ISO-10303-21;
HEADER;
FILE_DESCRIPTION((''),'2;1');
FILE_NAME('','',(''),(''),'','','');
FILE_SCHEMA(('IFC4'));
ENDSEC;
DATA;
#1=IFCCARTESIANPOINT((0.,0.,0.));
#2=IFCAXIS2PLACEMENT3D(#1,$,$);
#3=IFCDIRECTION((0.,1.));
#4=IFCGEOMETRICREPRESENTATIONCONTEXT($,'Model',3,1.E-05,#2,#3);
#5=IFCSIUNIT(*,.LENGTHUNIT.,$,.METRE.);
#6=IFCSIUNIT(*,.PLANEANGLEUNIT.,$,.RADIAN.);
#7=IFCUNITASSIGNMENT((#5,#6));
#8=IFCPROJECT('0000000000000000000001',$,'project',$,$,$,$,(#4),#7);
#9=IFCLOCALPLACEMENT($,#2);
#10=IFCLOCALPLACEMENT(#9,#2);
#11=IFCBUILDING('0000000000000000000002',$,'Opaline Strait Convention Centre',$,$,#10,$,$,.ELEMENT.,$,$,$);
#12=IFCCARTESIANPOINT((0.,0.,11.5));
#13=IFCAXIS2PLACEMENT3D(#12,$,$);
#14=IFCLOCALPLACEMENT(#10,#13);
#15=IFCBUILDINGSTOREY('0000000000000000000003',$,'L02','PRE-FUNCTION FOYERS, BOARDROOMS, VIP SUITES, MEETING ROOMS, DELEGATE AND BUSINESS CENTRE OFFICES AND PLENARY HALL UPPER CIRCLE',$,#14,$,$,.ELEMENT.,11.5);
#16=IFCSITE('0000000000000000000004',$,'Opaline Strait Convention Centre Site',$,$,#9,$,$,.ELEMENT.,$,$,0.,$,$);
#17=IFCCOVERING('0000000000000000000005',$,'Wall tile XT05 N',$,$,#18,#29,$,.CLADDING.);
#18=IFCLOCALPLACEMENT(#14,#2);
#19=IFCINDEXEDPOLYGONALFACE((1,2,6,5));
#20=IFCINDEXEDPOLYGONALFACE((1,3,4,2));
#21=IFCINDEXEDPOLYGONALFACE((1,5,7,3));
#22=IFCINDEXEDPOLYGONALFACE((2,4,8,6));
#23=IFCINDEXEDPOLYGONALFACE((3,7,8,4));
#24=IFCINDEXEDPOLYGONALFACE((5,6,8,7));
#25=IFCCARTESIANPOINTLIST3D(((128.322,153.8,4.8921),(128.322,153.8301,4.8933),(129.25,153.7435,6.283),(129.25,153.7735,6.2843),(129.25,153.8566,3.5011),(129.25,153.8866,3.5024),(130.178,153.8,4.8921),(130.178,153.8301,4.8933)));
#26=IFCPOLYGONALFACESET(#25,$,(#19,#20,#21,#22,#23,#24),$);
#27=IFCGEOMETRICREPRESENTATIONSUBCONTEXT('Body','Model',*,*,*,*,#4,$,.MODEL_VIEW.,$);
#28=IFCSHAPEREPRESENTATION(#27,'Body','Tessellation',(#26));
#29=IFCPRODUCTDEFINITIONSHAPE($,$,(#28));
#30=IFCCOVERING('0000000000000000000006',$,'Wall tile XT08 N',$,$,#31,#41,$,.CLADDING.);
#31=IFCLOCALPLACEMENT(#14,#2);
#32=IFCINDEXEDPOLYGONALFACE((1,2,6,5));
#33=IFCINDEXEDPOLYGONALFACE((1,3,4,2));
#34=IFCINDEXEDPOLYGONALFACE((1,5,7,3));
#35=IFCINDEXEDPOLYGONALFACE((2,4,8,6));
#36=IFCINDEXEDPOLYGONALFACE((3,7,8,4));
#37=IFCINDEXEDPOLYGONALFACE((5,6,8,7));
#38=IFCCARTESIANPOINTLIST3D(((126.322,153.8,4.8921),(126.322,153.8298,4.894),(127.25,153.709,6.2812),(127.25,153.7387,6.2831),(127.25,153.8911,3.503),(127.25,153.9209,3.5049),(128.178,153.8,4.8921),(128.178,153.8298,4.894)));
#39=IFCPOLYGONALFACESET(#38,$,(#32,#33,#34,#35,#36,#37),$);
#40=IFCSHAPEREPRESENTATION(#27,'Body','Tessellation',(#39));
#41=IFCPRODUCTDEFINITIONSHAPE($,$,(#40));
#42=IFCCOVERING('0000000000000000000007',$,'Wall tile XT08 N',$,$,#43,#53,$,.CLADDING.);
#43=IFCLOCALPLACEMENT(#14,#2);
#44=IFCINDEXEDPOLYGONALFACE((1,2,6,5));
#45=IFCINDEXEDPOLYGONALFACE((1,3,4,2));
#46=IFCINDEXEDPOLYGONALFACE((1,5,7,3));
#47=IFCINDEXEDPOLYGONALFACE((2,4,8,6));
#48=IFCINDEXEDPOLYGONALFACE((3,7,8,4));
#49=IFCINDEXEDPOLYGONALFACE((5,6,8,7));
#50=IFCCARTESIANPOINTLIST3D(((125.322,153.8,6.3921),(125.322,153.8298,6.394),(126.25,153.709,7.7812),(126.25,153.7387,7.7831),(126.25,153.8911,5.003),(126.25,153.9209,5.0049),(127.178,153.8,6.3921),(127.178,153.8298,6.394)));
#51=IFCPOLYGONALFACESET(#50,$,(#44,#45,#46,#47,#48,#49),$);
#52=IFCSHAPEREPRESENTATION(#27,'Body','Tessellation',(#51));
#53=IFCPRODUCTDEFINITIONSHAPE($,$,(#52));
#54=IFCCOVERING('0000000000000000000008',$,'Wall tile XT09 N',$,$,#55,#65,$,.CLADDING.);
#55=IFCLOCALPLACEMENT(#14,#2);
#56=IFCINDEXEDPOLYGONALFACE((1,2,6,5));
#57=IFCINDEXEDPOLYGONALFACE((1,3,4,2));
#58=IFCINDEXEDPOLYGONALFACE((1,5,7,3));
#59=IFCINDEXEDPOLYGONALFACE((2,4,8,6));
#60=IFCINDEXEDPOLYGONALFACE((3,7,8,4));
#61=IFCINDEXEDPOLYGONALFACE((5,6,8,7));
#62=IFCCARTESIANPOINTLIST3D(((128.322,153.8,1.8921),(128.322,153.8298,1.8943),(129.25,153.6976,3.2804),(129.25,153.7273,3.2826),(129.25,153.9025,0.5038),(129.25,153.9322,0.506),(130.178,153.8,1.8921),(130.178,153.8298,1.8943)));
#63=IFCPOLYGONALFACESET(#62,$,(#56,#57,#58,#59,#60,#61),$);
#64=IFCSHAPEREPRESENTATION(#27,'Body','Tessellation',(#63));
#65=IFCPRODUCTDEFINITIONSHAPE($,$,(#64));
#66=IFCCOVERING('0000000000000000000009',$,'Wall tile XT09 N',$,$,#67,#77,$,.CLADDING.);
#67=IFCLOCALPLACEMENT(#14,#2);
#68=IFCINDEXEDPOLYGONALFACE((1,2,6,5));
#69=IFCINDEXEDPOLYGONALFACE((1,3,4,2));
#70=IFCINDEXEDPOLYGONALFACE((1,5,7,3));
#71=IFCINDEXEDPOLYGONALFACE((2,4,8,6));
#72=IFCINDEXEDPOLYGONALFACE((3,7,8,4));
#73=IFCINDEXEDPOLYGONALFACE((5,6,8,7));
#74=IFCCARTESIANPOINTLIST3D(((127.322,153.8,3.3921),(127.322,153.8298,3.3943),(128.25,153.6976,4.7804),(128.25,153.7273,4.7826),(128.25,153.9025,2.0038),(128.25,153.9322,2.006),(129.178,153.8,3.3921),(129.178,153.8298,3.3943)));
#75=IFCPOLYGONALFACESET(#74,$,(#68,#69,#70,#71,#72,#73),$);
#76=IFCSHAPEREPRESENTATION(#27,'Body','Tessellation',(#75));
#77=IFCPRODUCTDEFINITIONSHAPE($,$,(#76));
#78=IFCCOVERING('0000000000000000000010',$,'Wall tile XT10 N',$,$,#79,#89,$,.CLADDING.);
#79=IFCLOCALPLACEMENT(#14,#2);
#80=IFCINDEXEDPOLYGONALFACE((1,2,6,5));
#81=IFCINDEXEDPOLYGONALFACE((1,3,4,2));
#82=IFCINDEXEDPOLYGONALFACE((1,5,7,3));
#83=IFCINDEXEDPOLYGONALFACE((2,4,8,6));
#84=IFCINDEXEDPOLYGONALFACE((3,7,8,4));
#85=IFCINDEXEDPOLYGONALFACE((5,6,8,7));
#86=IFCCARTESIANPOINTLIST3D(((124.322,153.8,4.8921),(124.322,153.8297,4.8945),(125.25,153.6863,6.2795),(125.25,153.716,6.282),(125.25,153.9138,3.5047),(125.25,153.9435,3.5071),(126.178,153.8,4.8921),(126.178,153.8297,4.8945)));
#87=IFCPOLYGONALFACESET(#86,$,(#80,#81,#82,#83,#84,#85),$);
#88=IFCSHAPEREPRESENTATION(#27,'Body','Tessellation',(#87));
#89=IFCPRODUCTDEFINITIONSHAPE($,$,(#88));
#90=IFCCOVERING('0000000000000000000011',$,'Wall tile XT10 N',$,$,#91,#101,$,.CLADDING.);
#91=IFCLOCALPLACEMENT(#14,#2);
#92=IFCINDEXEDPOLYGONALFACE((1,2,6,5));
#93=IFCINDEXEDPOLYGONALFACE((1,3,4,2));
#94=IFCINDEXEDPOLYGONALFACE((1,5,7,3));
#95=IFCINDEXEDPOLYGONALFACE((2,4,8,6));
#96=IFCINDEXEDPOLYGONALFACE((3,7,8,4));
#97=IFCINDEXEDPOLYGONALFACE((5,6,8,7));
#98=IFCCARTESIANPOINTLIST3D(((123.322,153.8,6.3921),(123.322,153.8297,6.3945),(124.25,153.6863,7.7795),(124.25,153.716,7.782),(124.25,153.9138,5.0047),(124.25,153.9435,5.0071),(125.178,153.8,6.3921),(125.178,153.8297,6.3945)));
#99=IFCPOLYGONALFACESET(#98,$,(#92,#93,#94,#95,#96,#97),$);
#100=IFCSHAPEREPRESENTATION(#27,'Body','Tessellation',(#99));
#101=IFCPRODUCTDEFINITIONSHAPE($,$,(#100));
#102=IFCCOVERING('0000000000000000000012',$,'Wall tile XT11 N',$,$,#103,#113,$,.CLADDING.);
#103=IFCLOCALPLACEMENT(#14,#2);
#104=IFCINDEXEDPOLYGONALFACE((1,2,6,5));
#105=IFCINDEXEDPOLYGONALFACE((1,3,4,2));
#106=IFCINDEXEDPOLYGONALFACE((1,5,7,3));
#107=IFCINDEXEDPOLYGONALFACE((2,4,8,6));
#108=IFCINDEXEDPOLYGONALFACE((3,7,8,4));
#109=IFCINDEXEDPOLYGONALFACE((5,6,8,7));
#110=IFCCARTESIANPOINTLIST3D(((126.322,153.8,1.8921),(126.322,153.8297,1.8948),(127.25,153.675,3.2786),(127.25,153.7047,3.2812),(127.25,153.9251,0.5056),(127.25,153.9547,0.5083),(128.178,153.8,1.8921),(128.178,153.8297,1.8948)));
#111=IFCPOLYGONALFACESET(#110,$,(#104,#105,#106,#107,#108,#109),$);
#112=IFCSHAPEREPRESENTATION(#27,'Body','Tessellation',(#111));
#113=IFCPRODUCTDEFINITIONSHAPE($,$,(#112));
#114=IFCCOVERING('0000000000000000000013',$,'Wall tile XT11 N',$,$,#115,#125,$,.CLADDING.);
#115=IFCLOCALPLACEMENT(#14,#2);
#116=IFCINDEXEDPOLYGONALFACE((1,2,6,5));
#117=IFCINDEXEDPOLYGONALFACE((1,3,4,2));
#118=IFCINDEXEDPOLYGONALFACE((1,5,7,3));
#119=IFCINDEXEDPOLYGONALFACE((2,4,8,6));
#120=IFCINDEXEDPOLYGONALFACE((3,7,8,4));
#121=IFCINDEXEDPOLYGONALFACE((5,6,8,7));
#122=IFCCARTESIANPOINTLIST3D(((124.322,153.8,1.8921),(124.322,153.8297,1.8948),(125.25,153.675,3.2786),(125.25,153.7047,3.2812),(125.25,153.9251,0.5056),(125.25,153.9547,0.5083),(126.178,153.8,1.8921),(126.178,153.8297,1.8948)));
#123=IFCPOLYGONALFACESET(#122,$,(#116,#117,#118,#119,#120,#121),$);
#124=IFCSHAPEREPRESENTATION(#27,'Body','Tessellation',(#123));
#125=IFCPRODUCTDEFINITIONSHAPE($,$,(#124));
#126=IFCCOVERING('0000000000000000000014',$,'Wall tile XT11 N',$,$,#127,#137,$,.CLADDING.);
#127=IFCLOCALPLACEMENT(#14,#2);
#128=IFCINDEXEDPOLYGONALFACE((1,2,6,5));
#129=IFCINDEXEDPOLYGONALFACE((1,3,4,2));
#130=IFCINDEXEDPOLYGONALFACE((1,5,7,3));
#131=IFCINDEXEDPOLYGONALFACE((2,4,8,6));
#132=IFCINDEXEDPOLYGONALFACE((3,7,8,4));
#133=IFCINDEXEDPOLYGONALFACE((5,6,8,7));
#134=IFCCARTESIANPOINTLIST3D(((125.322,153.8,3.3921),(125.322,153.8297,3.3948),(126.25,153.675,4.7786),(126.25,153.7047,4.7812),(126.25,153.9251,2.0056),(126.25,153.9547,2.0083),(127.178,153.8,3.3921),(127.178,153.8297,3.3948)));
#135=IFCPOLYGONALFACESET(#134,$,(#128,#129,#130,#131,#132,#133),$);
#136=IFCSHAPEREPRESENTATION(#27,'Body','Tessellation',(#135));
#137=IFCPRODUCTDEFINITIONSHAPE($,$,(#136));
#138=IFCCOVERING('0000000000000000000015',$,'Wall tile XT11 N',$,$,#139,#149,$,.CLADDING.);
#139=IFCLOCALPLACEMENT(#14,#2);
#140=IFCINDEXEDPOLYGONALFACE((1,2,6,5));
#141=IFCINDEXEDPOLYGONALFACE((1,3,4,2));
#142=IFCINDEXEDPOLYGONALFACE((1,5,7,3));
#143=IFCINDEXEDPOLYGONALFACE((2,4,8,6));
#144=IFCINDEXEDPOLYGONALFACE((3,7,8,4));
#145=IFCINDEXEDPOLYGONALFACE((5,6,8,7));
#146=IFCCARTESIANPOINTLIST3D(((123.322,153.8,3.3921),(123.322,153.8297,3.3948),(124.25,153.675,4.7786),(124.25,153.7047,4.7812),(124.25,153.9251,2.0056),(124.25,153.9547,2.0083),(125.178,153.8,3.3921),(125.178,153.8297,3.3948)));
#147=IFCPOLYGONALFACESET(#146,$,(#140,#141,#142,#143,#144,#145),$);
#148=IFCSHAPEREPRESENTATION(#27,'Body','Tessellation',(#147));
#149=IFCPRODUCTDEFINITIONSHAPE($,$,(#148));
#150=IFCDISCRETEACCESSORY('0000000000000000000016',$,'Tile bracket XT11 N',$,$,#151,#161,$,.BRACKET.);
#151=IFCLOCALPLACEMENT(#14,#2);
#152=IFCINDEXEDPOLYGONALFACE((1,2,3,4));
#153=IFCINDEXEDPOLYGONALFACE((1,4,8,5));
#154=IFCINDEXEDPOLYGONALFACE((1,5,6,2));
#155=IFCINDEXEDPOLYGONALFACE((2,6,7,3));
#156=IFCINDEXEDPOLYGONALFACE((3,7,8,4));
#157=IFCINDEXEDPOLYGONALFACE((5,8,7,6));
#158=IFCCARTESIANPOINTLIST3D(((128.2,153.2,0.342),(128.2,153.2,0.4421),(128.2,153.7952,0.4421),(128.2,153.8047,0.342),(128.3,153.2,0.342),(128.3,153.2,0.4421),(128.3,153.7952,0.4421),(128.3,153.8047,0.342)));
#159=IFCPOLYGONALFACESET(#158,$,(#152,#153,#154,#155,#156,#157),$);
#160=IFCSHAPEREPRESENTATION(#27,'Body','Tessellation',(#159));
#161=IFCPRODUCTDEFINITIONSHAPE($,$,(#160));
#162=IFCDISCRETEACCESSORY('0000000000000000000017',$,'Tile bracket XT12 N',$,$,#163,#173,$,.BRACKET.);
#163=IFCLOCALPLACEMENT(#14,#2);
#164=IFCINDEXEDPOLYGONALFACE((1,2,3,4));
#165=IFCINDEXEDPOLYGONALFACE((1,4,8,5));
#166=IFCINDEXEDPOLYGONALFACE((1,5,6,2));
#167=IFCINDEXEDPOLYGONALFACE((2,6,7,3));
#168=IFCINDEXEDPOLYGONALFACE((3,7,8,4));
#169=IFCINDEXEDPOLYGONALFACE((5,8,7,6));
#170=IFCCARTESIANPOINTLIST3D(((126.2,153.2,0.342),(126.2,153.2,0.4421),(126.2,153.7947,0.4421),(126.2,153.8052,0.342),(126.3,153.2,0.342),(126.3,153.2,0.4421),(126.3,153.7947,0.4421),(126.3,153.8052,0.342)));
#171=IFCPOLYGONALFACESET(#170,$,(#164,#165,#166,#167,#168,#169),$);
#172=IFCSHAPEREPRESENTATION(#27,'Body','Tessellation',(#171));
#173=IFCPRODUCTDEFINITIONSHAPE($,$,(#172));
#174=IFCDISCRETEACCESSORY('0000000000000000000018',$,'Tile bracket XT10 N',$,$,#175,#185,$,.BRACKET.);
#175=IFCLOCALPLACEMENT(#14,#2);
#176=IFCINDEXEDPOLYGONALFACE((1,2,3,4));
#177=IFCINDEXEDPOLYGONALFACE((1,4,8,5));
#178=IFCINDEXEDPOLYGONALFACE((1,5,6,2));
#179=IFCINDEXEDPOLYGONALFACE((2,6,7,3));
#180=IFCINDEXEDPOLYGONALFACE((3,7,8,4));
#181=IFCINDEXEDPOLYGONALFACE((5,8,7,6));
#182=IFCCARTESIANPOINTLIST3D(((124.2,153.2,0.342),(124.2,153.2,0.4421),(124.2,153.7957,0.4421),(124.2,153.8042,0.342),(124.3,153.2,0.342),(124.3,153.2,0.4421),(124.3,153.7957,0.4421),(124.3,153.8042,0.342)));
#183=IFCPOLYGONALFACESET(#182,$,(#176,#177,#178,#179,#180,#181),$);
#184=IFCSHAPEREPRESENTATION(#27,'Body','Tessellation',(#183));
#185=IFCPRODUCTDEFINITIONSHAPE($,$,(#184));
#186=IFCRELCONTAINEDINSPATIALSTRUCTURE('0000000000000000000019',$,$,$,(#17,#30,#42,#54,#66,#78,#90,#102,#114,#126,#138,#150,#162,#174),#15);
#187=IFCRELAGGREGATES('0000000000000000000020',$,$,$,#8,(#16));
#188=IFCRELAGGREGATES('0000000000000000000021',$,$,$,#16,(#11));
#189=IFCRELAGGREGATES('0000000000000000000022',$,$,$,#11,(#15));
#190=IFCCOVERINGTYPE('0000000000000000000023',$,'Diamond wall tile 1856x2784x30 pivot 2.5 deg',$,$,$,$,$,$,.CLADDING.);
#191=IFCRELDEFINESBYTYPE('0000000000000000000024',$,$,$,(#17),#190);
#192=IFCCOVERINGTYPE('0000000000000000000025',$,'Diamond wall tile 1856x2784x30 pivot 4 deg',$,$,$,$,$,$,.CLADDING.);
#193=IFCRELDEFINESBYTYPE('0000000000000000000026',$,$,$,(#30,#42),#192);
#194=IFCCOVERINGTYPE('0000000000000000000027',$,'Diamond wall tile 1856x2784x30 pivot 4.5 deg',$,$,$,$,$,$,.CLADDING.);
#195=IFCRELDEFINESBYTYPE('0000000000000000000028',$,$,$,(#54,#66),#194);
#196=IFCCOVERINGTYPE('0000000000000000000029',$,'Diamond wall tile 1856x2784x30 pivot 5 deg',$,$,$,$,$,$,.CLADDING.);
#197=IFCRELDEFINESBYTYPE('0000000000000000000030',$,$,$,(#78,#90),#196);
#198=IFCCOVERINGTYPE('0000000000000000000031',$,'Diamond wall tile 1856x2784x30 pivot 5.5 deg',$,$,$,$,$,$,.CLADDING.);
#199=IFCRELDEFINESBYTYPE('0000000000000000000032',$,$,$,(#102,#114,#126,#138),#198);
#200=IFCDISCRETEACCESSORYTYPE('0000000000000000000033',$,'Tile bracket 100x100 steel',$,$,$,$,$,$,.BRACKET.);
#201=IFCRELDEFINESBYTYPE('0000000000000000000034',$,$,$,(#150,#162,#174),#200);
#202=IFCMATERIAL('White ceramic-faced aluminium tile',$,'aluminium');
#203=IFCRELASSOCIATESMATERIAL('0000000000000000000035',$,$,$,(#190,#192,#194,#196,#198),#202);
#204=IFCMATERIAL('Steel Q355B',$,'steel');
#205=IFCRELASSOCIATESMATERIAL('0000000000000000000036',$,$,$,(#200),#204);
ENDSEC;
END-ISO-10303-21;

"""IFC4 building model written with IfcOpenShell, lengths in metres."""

from ifc_helpers import new_model, si_unit, direction, frame, origin, place, context, subcontext, project, spatial, polyline, outline, extrude, material, material_profile, profile_set, type_object, element, save


model = new_model("IFC4")

# Units and contexts
model_context = context("Model", 3, precision=1e-05, world=origin(), true_north=direction((0.0, 1.0)))
body_context = subcontext(model_context, "Body", "Model", "MODEL_VIEW")
ifc_project = project(units=[si_unit("LENGTHUNIT", "METRE"), si_unit("PLANEANGLEUNIT", "RADIAN")], contexts=[model_context])

# Site, building, storey
site_placement = place(None, origin())
site = spatial("IfcSite", under=ifc_project, at=site_placement, Name="Opaline Strait Convention Centre Site", CompositionType="ELEMENT", RefElevation=0.0)
building_placement = place(site_placement, origin())
building = spatial("IfcBuilding", under=site, at=building_placement, Name="Opaline Strait Convention Centre", CompositionType="ELEMENT")
storey_placement = place(building_placement, frame((0.0, 0.0, 11.5)))
storey = spatial("IfcBuildingStorey", under=building, at=storey_placement, Name="L02", Description="PRE-FUNCTION FOYERS, BOARDROOMS, VIP SUITES, MEETING ROOMS, DELEGATE AND BUSINESS CENTRE OFFICES AND PLENARY HALL UPPER CIRCLE", CompositionType="ELEMENT", Elevation=11.5)

# Coverings
ifc_material_1 = material(Name="White ceramic-faced aluminium tile", Category="aluminium")
ifc_material_profile_1 = material_profile(ifc_material_1, outline(polyline([(0.928, 0.0), (0.0, 1.3921), (-0.928, 0.0), (0.0, -1.3921), (0.928, 0.0)])), Name="Diamond tile 1856x2784")
ifc_profile_set_1 = profile_set([ifc_material_profile_1], Name="White ceramic-faced aluminium tile")
covering_type_1 = type_object("IfcCoveringType", Name="Diamond wall tile 1856x2784x30 pivot 2.5 deg", PredefinedType="CLADDING", material=ifc_profile_set_1)
covering_placement = place(storey_placement, frame((129.25, 153.8, 4.8921), z_axis=(0.0, 0.999175, 0.040617), x_axis=(-1.0, 0.0, 0.0)))
element("IfcCovering", 1, at=covering_placement, inside=storey, type_object=covering_type_1, Name="Wall tile XT05 N", PredefinedType="CLADDING", context=body_context, shape_type="SweptSolid", body=[
    extrude(outline(polyline([(0.928, 0.0), (0.0, 1.3921), (-0.928, 0.0), (0.0, -1.3921), (0.928, 0.0)])), origin(), (0.0, 0.0, 1.0), 0.03),
])
ifc_material_profile_2 = material_profile(ifc_material_1, outline(polyline([(0.928, 0.0), (0.0, 1.3921), (-0.928, 0.0), (0.0, -1.3921), (0.928, 0.0)])), Name="Diamond tile 1856x2784")
ifc_profile_set_2 = profile_set([ifc_material_profile_2], Name="White ceramic-faced aluminium tile")
covering_type_2 = type_object("IfcCoveringType", Name="Diamond wall tile 1856x2784x30 pivot 4 deg", PredefinedType="CLADDING", material=ifc_profile_set_2)
for number, where, z_axis, x_axis, name in (
    (2, (127.25, 153.8, 4.8921), (0.0, 0.997857, 0.065433), (-1.0, 0.0, 0.0), "Wall tile XT08 N"),
    (3, (126.25, 153.8, 6.3921), (0.0, 0.997857, 0.065433), (-1.0, 0.0, 0.0), "Wall tile XT08 N"),
):
    element("IfcCovering", number, at=place(storey_placement, frame(where, z_axis=z_axis, x_axis=x_axis)), inside=storey, type_object=covering_type_2, Name=name, PredefinedType="CLADDING", context=body_context, shape_type="SweptSolid", body=[
        extrude(outline(polyline([(0.928, 0.0), (0.0, 1.3921), (-0.928, 0.0), (0.0, -1.3921), (0.928, 0.0)])), origin(), (0.0, 0.0, 1.0), 0.0298),
    ])
ifc_material_profile_3 = material_profile(ifc_material_1, outline(polyline([(0.928, 0.0), (0.0, 1.3921), (-0.928, 0.0), (0.0, -1.3921), (0.928, 0.0)])), Name="Diamond tile 1856x2784")
ifc_profile_set_3 = profile_set([ifc_material_profile_3], Name="White ceramic-faced aluminium tile")
covering_type_3 = type_object("IfcCoveringType", Name="Diamond wall tile 1856x2784x30 pivot 4.5 deg", PredefinedType="CLADDING", material=ifc_profile_set_3)
for number, where, z_axis, x_axis, name in (
    (4, (129.25, 153.8, 1.8921), (0.0, 0.99729, 0.073571), (-1.0, 0.0, 0.0), "Wall tile XT09 N"),
    (5, (128.25, 153.8, 3.3921), (0.0, 0.99729, 0.073571), (-1.0, 0.0, 0.0), "Wall tile XT09 N"),
):
    element("IfcCovering", number, at=place(storey_placement, frame(where, z_axis=z_axis, x_axis=x_axis)), inside=storey, type_object=covering_type_3, Name=name, PredefinedType="CLADDING", context=body_context, shape_type="SweptSolid", body=[
        extrude(outline(polyline([(0.928, 0.0), (0.0, 1.3921), (-0.928, 0.0), (0.0, -1.3921), (0.928, 0.0)])), origin(), (0.0, 0.0, 1.0), 0.0298),
    ])
ifc_material_profile_4 = material_profile(ifc_material_1, outline(polyline([(0.928, 0.0), (0.0, 1.3921), (-0.928, 0.0), (0.0, -1.3921), (0.928, 0.0)])), Name="Diamond tile 1856x2784")
ifc_profile_set_4 = profile_set([ifc_material_profile_4], Name="White ceramic-faced aluminium tile")
covering_type_4 = type_object("IfcCoveringType", Name="Diamond wall tile 1856x2784x30 pivot 5 deg", PredefinedType="CLADDING", material=ifc_profile_set_4)
for number, where, z_axis, x_axis, name in (
    (6, (125.25, 153.8, 4.8921), (0.0, 0.996658, 0.081693), (-1.0, 0.0, 0.0), "Wall tile XT10 N"),
    (7, (124.25, 153.8, 6.3921), (0.0, 0.996658, 0.081693), (-1.0, 0.0, 0.0), "Wall tile XT10 N"),
):
    element("IfcCovering", number, at=place(storey_placement, frame(where, z_axis=z_axis, x_axis=x_axis)), inside=storey, type_object=covering_type_4, Name=name, PredefinedType="CLADDING", context=body_context, shape_type="SweptSolid", body=[
        extrude(outline(polyline([(0.928, 0.0), (0.0, 1.3921), (-0.928, 0.0), (0.0, -1.3921), (0.928, 0.0)])), origin(), (0.0, 0.0, 1.0), 0.0298),
    ])
ifc_material_profile_5 = material_profile(ifc_material_1, outline(polyline([(0.928, 0.0), (0.0, 1.3921), (-0.928, 0.0), (0.0, -1.3921), (0.928, 0.0)])), Name="Diamond tile 1856x2784")
ifc_profile_set_5 = profile_set([ifc_material_profile_5], Name="White ceramic-faced aluminium tile")
covering_type_5 = type_object("IfcCoveringType", Name="Diamond wall tile 1856x2784x30 pivot 5.5 deg", PredefinedType="CLADDING", material=ifc_profile_set_5)
for number, where, z_axis, x_axis, name in (
    (8, (127.25, 153.8, 1.8921), (0.0, 0.99596, 0.0898), (-1.0, 0.0, 0.0), "Wall tile XT11 N"),
    (9, (125.25, 153.8, 1.8921), (0.0, 0.99596, 0.0898), (-1.0, 0.0, 0.0), "Wall tile XT11 N"),
    (10, (126.25, 153.8, 3.3921), (0.0, 0.99596, 0.0898), (-1.0, 0.0, 0.0), "Wall tile XT11 N"),
    (11, (124.25, 153.8, 3.3921), (0.0, 0.99596, 0.0898), (-1.0, 0.0, 0.0), "Wall tile XT11 N"),
):
    element("IfcCovering", number, at=place(storey_placement, frame(where, z_axis=z_axis, x_axis=x_axis)), inside=storey, type_object=covering_type_5, Name=name, PredefinedType="CLADDING", context=body_context, shape_type="SweptSolid", body=[
        extrude(outline(polyline([(0.928, 0.0), (0.0, 1.3921), (-0.928, 0.0), (0.0, -1.3921), (0.928, 0.0)])), origin(), (0.0, 0.0, 1.0), 0.0298),
    ])

# Discrete accessories
ifc_material_2 = material(Name="Steel Q355B", Category="steel")
discrete_accessory_type = type_object("IfcDiscreteAccessoryType", Name="Tile bracket 100x100 steel", PredefinedType="BRACKET", material=ifc_material_2)
discrete_accessory_1_placement = place(storey_placement, frame((128.3, 153.2, 0.3921), z_axis=(-1.0, 0.0, 0.0), x_axis=(0.0, -1.0, 0.0)))
element("IfcDiscreteAccessory", 12, at=discrete_accessory_1_placement, inside=storey, type_object=discrete_accessory_type, Name="Tile bracket XT11 N", PredefinedType="BRACKET", context=body_context, shape_type="SweptSolid", body=[
    extrude(outline(polyline([(0.0, -0.05), (0.0, 0.05), (-0.5952, 0.05), (-0.6047, -0.05), (0.0, -0.05)])), origin(), (0.0, 0.0, 1.0), 0.1001),
])
discrete_accessory_2_placement = place(storey_placement, frame((126.3, 153.2, 0.3921), z_axis=(-1.0, 0.0, 0.0), x_axis=(0.0, -1.0, 0.0)))
element("IfcDiscreteAccessory", 13, at=discrete_accessory_2_placement, inside=storey, type_object=discrete_accessory_type, Name="Tile bracket XT12 N", PredefinedType="BRACKET", context=body_context, shape_type="SweptSolid", body=[
    extrude(outline(polyline([(0.0, -0.05), (0.0, 0.05), (-0.5947, 0.05), (-0.6052, -0.05), (0.0, -0.05)])), origin(), (0.0, 0.0, 1.0), 0.1001),
])
discrete_accessory_3_placement = place(storey_placement, frame((124.3, 153.2, 0.3921), z_axis=(-1.0, 0.0, 0.0), x_axis=(0.0, -1.0, 0.0)))
element("IfcDiscreteAccessory", 14, at=discrete_accessory_3_placement, inside=storey, type_object=discrete_accessory_type, Name="Tile bracket XT10 N", PredefinedType="BRACKET", context=body_context, shape_type="SweptSolid", body=[
    extrude(outline(polyline([(0.0, -0.05), (0.0, 0.05), (-0.5957, 0.05), (-0.6042, -0.05), (0.0, -0.05)])), origin(), (0.0, 0.0, 1.0), 0.1001),
])

save(model, "model.ifc")
